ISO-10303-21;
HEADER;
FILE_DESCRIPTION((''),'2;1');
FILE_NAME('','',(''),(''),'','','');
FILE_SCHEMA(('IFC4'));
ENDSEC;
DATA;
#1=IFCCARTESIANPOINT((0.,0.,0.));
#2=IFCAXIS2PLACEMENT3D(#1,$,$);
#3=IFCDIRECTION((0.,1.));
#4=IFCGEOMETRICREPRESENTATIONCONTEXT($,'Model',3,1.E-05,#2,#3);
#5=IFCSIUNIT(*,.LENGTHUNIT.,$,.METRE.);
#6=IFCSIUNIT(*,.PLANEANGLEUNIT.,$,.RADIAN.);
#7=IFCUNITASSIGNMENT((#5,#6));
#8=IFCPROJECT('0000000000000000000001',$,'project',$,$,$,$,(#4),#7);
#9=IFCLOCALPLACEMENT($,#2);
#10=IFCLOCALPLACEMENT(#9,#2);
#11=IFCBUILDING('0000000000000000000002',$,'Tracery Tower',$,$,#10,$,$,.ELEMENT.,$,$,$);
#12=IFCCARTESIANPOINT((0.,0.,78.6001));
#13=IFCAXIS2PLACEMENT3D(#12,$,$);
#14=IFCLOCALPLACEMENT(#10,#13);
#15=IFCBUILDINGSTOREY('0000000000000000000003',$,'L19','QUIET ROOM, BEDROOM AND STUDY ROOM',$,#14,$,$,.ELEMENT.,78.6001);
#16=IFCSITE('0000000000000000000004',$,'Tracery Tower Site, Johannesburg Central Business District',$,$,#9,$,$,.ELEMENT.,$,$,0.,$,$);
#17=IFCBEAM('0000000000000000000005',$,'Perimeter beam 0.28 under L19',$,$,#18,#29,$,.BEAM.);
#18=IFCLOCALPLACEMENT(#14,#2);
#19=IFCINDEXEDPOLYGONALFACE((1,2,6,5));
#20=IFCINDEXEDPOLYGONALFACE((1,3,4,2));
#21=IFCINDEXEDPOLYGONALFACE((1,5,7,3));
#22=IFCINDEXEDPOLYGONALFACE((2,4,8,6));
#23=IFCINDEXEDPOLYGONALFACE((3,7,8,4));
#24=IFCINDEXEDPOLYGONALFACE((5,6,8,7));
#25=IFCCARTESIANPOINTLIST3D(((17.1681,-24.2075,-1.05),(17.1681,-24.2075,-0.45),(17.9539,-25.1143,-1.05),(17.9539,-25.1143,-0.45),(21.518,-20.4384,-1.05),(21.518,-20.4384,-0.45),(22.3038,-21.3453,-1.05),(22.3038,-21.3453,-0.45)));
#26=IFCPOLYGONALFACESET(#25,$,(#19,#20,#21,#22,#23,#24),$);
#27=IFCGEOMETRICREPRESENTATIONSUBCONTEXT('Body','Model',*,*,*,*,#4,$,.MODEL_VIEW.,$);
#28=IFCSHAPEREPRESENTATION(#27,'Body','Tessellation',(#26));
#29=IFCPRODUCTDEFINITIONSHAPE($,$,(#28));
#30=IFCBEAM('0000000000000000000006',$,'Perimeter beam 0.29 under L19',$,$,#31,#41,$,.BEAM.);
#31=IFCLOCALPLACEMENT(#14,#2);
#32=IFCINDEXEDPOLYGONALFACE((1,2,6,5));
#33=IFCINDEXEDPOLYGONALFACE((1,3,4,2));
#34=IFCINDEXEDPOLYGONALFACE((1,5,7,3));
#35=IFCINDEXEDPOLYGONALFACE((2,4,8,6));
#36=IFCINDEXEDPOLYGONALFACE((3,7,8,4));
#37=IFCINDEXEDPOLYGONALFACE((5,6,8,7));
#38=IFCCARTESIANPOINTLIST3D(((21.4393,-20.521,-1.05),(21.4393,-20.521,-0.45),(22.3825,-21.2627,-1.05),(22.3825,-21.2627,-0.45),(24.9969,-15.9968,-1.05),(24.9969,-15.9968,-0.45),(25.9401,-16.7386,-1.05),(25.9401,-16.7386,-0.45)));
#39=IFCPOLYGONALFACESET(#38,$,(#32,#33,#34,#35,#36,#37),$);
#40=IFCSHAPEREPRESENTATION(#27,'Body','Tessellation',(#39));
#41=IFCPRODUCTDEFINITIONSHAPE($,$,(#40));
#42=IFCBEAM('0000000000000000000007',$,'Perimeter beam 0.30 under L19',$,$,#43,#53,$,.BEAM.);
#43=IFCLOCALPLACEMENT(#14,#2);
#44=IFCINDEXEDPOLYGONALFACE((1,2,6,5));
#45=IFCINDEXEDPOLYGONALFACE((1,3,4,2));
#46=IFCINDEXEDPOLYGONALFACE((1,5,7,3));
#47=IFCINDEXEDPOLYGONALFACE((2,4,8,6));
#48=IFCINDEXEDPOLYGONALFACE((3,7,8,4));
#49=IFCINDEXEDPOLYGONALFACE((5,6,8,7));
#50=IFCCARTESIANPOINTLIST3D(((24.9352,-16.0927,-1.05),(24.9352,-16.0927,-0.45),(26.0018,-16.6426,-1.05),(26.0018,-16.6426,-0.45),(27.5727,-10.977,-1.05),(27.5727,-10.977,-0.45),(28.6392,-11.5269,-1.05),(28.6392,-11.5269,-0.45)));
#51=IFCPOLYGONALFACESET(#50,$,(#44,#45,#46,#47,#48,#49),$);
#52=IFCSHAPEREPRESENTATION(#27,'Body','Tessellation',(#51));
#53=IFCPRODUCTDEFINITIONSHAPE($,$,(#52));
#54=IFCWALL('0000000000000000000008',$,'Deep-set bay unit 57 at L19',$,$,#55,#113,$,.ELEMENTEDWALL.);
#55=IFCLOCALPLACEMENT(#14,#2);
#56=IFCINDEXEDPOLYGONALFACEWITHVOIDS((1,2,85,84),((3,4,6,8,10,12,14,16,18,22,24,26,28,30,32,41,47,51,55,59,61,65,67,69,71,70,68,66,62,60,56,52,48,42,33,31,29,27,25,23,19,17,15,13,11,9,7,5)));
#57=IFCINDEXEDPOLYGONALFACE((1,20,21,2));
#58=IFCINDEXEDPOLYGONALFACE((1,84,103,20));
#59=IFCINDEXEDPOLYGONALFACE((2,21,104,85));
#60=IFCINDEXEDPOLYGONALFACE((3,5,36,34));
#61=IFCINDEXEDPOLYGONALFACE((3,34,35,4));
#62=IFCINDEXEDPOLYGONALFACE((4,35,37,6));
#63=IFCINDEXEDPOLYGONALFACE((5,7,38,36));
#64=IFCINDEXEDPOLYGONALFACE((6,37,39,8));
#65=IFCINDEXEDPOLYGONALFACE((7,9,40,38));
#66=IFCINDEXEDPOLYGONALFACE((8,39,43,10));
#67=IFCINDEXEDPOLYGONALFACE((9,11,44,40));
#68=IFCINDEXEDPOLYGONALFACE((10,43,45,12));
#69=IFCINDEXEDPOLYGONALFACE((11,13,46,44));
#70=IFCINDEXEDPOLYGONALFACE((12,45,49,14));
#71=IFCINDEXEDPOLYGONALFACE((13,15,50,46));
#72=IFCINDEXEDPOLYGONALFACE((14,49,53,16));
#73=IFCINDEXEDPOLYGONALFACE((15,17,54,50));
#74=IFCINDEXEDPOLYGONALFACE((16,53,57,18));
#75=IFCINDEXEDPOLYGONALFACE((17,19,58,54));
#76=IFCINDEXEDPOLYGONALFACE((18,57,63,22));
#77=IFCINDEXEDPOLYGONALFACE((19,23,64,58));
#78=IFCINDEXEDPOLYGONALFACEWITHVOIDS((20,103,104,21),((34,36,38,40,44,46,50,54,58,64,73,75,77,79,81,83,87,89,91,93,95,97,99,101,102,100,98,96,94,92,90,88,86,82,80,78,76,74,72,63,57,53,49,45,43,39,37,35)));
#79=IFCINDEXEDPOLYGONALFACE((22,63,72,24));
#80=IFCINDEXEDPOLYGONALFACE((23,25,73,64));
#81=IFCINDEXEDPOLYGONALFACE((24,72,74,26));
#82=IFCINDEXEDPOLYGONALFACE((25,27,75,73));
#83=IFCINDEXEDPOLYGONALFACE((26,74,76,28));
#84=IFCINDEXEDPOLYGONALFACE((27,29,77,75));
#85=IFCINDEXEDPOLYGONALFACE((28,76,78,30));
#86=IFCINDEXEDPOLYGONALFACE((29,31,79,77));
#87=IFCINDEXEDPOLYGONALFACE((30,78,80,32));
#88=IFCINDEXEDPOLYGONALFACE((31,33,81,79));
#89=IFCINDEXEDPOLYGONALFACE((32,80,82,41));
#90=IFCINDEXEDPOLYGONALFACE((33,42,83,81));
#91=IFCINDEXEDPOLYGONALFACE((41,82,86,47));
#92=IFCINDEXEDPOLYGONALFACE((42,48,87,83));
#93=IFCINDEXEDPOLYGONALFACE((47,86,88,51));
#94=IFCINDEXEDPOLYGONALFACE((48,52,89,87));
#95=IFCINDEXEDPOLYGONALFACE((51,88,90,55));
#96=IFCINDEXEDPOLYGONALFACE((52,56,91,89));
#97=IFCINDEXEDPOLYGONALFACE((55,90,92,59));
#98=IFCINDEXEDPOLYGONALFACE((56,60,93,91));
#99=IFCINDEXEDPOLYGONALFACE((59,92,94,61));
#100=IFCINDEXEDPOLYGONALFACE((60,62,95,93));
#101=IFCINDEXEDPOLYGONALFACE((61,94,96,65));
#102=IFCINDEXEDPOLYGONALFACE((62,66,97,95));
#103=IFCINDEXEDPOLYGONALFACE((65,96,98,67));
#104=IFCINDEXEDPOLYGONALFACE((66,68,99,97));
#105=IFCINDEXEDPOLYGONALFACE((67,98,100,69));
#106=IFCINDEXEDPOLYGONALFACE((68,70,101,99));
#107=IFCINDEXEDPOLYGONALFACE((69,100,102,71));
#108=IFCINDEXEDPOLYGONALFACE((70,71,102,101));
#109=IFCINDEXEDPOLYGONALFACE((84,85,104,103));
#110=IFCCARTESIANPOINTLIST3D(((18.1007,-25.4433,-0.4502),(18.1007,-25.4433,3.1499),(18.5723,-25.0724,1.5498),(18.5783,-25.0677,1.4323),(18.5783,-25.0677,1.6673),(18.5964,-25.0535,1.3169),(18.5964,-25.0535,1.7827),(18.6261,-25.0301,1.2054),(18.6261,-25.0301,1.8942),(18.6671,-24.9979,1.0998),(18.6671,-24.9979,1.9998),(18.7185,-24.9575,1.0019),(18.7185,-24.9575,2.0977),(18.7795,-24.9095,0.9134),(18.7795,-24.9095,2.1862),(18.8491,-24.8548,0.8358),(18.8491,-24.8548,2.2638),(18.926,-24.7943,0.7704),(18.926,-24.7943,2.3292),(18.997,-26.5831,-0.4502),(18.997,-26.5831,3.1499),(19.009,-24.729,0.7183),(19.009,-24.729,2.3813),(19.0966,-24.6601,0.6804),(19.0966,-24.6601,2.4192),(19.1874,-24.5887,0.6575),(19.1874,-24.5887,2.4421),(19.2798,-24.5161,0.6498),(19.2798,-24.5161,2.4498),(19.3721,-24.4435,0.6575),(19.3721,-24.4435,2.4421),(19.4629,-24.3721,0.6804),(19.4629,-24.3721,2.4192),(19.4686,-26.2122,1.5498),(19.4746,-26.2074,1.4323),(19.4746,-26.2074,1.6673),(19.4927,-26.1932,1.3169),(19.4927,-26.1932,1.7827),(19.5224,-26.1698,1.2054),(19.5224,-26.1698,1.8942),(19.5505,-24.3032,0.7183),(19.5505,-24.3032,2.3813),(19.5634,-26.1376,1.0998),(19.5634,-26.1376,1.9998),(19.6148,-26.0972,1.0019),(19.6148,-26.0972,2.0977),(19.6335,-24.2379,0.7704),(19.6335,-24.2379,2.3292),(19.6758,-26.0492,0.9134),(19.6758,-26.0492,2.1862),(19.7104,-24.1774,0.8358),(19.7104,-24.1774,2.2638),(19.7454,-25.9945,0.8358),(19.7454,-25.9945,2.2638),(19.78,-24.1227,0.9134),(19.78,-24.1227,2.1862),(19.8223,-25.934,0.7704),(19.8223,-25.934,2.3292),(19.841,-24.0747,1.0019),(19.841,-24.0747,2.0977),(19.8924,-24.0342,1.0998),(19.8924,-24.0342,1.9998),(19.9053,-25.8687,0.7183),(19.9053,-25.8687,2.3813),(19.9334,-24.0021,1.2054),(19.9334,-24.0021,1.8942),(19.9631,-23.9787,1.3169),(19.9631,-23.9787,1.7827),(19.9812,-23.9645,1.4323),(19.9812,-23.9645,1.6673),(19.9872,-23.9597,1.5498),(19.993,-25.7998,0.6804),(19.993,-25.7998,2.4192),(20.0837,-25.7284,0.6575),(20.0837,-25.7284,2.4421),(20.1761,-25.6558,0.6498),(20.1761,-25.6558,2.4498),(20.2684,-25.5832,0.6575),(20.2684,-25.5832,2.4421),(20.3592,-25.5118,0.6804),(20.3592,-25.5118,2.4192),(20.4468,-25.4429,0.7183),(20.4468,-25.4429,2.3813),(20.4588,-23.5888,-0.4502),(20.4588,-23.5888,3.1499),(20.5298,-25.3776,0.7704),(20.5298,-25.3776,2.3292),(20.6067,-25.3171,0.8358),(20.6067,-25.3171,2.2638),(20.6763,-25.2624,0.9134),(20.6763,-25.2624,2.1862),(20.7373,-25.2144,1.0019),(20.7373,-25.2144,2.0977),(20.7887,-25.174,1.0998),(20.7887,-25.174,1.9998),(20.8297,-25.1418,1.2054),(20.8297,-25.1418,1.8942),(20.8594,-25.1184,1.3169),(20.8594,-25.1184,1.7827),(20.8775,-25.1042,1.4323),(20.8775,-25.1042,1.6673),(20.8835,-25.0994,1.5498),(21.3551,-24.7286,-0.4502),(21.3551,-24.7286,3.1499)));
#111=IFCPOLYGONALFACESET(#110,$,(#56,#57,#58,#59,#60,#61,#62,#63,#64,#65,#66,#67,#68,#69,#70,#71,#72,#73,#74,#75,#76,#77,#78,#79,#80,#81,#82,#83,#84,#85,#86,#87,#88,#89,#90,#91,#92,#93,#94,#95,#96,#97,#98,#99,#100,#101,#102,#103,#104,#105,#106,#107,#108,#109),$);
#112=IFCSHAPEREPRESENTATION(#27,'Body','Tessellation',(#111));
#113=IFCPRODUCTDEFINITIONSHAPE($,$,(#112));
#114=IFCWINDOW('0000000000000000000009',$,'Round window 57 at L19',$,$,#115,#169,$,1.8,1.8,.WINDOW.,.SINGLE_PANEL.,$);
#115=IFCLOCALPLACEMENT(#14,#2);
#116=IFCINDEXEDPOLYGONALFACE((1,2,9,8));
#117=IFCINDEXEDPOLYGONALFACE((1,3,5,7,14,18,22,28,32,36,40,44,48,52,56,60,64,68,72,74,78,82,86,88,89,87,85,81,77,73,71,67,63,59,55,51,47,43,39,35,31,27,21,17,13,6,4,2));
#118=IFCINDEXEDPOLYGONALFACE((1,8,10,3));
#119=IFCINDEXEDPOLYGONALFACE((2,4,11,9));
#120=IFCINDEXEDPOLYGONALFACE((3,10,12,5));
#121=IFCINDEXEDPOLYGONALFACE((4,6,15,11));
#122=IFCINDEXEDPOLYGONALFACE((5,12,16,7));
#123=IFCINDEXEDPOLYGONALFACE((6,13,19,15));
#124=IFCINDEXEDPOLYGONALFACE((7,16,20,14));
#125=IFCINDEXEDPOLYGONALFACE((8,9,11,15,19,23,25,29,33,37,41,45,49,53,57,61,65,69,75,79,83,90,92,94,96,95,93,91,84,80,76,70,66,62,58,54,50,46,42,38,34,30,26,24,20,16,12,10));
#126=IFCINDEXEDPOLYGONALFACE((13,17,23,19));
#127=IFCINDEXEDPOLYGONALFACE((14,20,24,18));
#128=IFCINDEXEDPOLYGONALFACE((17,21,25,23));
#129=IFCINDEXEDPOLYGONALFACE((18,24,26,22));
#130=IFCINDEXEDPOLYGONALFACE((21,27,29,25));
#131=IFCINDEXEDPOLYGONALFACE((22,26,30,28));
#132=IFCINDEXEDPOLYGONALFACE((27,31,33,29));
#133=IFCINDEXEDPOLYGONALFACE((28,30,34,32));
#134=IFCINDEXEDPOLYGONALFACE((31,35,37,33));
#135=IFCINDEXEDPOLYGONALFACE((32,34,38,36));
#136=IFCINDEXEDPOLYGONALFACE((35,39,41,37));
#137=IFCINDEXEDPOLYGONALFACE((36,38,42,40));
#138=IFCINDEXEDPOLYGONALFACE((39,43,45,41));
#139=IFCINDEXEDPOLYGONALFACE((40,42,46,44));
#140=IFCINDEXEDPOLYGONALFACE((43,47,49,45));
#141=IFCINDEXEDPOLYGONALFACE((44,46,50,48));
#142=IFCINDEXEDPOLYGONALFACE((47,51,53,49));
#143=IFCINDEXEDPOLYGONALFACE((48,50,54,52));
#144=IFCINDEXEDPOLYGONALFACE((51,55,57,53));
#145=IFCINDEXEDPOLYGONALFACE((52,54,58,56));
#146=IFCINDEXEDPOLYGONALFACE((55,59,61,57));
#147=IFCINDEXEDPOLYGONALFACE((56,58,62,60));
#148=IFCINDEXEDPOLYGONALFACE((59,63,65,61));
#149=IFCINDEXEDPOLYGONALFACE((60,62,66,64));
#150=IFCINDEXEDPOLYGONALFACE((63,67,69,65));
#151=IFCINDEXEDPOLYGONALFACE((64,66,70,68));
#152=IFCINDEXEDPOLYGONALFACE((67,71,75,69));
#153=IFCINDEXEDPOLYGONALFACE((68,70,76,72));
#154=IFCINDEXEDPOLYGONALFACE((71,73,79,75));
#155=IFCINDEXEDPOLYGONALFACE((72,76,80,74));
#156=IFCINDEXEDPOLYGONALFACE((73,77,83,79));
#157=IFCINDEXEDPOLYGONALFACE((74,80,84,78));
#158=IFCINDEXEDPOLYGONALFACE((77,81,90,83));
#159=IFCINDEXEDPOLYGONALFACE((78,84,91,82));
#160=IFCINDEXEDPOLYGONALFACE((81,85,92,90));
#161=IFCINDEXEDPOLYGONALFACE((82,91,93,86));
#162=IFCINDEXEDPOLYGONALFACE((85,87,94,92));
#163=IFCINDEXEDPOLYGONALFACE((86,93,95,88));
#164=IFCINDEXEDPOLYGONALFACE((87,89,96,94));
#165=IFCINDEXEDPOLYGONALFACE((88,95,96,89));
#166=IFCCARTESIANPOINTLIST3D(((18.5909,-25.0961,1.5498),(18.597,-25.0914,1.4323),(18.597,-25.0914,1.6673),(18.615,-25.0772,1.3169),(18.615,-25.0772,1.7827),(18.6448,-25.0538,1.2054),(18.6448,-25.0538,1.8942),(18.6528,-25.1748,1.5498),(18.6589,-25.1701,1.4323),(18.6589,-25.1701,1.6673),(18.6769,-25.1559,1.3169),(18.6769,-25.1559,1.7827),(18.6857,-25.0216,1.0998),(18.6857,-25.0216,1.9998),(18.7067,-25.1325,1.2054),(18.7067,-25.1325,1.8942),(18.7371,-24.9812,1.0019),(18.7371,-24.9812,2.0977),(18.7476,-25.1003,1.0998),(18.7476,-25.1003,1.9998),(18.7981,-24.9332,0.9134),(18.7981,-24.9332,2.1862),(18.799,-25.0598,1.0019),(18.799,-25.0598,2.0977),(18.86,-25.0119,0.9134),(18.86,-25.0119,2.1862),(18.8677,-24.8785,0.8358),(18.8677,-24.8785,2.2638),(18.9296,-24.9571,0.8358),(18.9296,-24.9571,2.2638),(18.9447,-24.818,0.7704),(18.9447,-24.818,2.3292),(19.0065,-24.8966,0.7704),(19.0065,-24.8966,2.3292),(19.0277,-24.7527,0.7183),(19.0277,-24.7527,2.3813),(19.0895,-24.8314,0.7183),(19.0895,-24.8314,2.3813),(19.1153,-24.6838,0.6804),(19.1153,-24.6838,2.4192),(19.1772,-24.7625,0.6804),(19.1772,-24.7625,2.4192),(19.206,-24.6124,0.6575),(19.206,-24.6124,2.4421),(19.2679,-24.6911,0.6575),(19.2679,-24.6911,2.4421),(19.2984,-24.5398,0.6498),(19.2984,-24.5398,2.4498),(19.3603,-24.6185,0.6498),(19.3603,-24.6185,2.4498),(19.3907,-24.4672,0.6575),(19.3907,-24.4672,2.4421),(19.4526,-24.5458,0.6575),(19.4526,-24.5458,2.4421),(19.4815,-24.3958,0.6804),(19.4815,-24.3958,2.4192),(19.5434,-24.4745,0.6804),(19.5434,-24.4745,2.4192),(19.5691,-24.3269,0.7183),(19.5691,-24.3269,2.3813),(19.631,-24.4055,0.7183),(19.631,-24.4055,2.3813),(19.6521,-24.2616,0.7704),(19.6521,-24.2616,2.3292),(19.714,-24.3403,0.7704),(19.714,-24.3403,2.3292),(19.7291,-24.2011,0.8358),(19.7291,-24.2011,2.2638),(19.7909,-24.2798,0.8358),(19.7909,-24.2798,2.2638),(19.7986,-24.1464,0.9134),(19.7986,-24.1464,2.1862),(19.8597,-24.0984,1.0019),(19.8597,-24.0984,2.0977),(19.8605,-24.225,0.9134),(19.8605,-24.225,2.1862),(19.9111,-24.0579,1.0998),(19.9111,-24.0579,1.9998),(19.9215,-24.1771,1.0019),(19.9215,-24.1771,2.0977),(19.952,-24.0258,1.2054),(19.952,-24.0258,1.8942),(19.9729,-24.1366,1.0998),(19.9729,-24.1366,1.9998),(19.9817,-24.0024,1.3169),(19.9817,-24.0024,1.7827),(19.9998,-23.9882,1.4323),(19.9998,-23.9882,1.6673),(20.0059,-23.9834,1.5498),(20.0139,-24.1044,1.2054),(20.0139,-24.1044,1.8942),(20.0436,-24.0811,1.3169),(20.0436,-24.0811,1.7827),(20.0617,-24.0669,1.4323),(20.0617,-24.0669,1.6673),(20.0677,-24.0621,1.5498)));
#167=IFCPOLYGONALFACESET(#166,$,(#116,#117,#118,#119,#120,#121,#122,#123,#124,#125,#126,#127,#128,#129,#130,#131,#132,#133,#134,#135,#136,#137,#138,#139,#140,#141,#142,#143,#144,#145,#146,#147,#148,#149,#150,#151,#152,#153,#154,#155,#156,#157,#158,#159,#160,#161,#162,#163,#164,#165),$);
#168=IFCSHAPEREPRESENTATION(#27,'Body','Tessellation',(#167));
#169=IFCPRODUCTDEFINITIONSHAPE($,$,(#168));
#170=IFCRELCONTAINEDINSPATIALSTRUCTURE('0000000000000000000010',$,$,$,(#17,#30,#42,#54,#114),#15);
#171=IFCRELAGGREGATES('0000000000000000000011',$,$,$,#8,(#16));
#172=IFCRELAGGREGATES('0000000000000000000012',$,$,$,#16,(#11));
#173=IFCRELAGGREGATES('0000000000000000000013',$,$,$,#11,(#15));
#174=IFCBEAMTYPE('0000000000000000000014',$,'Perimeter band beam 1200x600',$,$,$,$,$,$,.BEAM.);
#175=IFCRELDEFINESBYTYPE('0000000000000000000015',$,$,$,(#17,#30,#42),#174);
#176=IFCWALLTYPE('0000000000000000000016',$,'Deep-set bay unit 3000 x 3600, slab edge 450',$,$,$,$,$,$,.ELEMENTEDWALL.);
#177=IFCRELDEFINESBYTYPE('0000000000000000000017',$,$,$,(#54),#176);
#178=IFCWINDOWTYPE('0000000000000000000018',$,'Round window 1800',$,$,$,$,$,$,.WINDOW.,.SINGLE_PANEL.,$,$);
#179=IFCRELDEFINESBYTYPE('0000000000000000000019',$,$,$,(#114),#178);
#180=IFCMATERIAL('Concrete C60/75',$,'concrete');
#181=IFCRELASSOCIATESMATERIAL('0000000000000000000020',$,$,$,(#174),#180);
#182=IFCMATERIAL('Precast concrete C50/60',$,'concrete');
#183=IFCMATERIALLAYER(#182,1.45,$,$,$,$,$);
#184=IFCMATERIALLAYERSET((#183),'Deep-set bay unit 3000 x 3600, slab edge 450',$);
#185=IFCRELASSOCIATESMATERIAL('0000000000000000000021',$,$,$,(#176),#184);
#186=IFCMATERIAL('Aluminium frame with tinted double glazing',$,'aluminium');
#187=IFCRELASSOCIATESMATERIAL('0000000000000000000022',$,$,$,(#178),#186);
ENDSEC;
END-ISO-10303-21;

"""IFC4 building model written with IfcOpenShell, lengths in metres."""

from ifc_helpers import new_model, si_unit, direction, frame, frame_2d, origin, origin_2d, place, context, subcontext, project, spatial, rectangle, circle, extrude, material, layer, layer_set, material_profile, profile_set, type_object, element, fill, save


model = new_model("IFC4")

# Units and contexts
model_context = context("Model", 3, precision=1e-05, world=origin(), true_north=direction((0.0, 1.0)))
body_context = subcontext(model_context, "Body", "Model", "MODEL_VIEW")
ifc_project = project(units=[si_unit("LENGTHUNIT", "METRE"), si_unit("PLANEANGLEUNIT", "RADIAN")], contexts=[model_context])

# Site, building, storey
site_placement = place(None, origin())
site = spatial("IfcSite", under=ifc_project, at=site_placement, Name="Tracery Tower Site, Johannesburg Central Business District", CompositionType="ELEMENT", RefElevation=0.0)
building_placement = place(site_placement, origin())
building = spatial("IfcBuilding", under=site, at=building_placement, Name="Tracery Tower", CompositionType="ELEMENT")
storey_placement = place(building_placement, frame((0.0, 0.0, 78.6001)))
storey = spatial("IfcBuildingStorey", under=building, at=storey_placement, Name="L19", Description="QUIET ROOM, BEDROOM AND STUDY ROOM", CompositionType="ELEMENT", Elevation=78.6001)

# Beams
ifc_material_1 = material(Name="Concrete C60/75", Category="concrete")
ifc_material_profile_1 = material_profile(ifc_material_1, rectangle(XDim=1.2, YDim=0.6001, at=origin_2d()), Name="RC 1200x600")
ifc_profile_set_1 = profile_set([ifc_material_profile_1], Name="Concrete C60/75")
beam_type = type_object("IfcBeamType", Name="Perimeter band beam 1200x600", PredefinedType="BEAM", material=ifc_profile_set_1)
beam_1_placement = place(storey_placement, frame((17.561, -24.6609, -0.75), z_axis=(0.75576, 0.654848, 0.0), x_axis=(-0.654848, 0.75576, 0.0)))
element("IfcBeam", 1, at=beam_1_placement, inside=storey, type_object=beam_type, Name="Perimeter beam 0.28 under L19", PredefinedType="BEAM", context=body_context, shape_type="SweptSolid", body=[
    extrude(rectangle(XDim=1.2, YDim=0.6001, at=origin_2d()), origin(), (0.0, 0.0, 1.0), 5.7556),
])
beam_2_placement = place(storey_placement, frame((21.9109, -20.8918, -0.75), z_axis=(0.618134, 0.786072, 0.0), x_axis=(-0.786072, 0.618134, 0.0)))
element("IfcBeam", 2, at=beam_2_placement, inside=storey, type_object=beam_type, Name="Perimeter beam 0.29 under L19", PredefinedType="BEAM", context=body_context, shape_type="SweptSolid", body=[
    extrude(rectangle(XDim=1.2, YDim=0.6001, at=origin_2d()), origin(), (0.0, 0.0, 1.0), 5.7554),
])
beam_3_placement = place(storey_placement, frame((25.4685, -16.3677, -0.75), z_axis=(0.458242, 0.888827, 0.0), x_axis=(-0.888827, 0.458242, 0.0)))
element("IfcBeam", 3, at=beam_3_placement, inside=storey, type_object=beam_type, Name="Perimeter beam 0.30 under L19", PredefinedType="BEAM", context=body_context, shape_type="SweptSolid", body=[
    extrude(rectangle(XDim=1.2, YDim=0.6001, at=origin_2d()), origin(), (0.0, 0.0, 1.0), 5.7556),
])

# Wall, opening, window
ifc_material_2 = material(Name="Precast concrete C50/60", Category="concrete")
ifc_layer_1 = layer(ifc_material_2, 1.45)
ifc_layer_set_1 = layer_set([ifc_layer_1], Name="Deep-set bay unit 3000 x 3600, slab edge 450")
wall_type_1 = type_object("IfcWallType", Name="Deep-set bay unit 3000 x 3600, slab edge 450", PredefinedType="ELEMENTEDWALL", material=ifc_layer_set_1)
wall_1_placement = place(storey_placement, frame((18.5488, -26.0132, -0.4502), z_axis=(0.0, 0.0, 1.0), x_axis=(0.78605, 0.618163, 0.0)))
wall_1 = element("IfcWall", 4, at=wall_1_placement, inside=storey, type_object=wall_type_1, Name="Deep-set bay unit 57 at L19", PredefinedType="ELEMENTEDWALL", context=body_context, shape_type="SweptSolid", body=[
    extrude(rectangle(XDim=3.0, YDim=1.45, at=frame_2d((1.5, 0.0))), origin(), (0.0, 0.0, 1.0), 3.6001),
])
opening_1_placement = place(wall_1_placement, frame((1.5, 0.0, 2.0)))
opening_1 = element("IfcOpeningElement", 5, at=opening_1_placement, cuts=wall_1, PredefinedType="OPENING", context=body_context, shape_type="SweptSolid", body=[
    extrude(circle(Radius=0.9, at=origin_2d()), frame((0.0, 0.7349, 0.0), z_axis=(0.0, -1.0, 0.0), x_axis=(1.0, 0.0, 0.0)), (0.0, 0.0, 1.0), 1.47),
])
ifc_material_3 = material(Name="Aluminium frame with tinted double glazing", Category="aluminium")
window_type = type_object("IfcWindowType", Name="Round window 1800", PartitioningType="SINGLE_PANEL", PredefinedType="WINDOW", material=ifc_material_3)
window_1_placement = place(opening_1_placement, origin())
window_1 = element("IfcWindow", 6, at=window_1_placement, inside=storey, type_object=window_type, Name="Round window 57 at L19", OverallHeight=1.8, OverallWidth=1.8, PartitioningType="SINGLE_PANEL", PredefinedType="WINDOW", context=body_context, shape_type="SweptSolid", body=[
    extrude(circle(Radius=0.9, at=origin_2d()), frame((0.0, 0.6948, 0.0), z_axis=(0.0, -1.0, 0.0), x_axis=(1.0, 0.0, 0.0)), (0.0, 0.0, 1.0), 0.1001),
])
fill(opening_1, window_1)

save(model, "model.ifc")
